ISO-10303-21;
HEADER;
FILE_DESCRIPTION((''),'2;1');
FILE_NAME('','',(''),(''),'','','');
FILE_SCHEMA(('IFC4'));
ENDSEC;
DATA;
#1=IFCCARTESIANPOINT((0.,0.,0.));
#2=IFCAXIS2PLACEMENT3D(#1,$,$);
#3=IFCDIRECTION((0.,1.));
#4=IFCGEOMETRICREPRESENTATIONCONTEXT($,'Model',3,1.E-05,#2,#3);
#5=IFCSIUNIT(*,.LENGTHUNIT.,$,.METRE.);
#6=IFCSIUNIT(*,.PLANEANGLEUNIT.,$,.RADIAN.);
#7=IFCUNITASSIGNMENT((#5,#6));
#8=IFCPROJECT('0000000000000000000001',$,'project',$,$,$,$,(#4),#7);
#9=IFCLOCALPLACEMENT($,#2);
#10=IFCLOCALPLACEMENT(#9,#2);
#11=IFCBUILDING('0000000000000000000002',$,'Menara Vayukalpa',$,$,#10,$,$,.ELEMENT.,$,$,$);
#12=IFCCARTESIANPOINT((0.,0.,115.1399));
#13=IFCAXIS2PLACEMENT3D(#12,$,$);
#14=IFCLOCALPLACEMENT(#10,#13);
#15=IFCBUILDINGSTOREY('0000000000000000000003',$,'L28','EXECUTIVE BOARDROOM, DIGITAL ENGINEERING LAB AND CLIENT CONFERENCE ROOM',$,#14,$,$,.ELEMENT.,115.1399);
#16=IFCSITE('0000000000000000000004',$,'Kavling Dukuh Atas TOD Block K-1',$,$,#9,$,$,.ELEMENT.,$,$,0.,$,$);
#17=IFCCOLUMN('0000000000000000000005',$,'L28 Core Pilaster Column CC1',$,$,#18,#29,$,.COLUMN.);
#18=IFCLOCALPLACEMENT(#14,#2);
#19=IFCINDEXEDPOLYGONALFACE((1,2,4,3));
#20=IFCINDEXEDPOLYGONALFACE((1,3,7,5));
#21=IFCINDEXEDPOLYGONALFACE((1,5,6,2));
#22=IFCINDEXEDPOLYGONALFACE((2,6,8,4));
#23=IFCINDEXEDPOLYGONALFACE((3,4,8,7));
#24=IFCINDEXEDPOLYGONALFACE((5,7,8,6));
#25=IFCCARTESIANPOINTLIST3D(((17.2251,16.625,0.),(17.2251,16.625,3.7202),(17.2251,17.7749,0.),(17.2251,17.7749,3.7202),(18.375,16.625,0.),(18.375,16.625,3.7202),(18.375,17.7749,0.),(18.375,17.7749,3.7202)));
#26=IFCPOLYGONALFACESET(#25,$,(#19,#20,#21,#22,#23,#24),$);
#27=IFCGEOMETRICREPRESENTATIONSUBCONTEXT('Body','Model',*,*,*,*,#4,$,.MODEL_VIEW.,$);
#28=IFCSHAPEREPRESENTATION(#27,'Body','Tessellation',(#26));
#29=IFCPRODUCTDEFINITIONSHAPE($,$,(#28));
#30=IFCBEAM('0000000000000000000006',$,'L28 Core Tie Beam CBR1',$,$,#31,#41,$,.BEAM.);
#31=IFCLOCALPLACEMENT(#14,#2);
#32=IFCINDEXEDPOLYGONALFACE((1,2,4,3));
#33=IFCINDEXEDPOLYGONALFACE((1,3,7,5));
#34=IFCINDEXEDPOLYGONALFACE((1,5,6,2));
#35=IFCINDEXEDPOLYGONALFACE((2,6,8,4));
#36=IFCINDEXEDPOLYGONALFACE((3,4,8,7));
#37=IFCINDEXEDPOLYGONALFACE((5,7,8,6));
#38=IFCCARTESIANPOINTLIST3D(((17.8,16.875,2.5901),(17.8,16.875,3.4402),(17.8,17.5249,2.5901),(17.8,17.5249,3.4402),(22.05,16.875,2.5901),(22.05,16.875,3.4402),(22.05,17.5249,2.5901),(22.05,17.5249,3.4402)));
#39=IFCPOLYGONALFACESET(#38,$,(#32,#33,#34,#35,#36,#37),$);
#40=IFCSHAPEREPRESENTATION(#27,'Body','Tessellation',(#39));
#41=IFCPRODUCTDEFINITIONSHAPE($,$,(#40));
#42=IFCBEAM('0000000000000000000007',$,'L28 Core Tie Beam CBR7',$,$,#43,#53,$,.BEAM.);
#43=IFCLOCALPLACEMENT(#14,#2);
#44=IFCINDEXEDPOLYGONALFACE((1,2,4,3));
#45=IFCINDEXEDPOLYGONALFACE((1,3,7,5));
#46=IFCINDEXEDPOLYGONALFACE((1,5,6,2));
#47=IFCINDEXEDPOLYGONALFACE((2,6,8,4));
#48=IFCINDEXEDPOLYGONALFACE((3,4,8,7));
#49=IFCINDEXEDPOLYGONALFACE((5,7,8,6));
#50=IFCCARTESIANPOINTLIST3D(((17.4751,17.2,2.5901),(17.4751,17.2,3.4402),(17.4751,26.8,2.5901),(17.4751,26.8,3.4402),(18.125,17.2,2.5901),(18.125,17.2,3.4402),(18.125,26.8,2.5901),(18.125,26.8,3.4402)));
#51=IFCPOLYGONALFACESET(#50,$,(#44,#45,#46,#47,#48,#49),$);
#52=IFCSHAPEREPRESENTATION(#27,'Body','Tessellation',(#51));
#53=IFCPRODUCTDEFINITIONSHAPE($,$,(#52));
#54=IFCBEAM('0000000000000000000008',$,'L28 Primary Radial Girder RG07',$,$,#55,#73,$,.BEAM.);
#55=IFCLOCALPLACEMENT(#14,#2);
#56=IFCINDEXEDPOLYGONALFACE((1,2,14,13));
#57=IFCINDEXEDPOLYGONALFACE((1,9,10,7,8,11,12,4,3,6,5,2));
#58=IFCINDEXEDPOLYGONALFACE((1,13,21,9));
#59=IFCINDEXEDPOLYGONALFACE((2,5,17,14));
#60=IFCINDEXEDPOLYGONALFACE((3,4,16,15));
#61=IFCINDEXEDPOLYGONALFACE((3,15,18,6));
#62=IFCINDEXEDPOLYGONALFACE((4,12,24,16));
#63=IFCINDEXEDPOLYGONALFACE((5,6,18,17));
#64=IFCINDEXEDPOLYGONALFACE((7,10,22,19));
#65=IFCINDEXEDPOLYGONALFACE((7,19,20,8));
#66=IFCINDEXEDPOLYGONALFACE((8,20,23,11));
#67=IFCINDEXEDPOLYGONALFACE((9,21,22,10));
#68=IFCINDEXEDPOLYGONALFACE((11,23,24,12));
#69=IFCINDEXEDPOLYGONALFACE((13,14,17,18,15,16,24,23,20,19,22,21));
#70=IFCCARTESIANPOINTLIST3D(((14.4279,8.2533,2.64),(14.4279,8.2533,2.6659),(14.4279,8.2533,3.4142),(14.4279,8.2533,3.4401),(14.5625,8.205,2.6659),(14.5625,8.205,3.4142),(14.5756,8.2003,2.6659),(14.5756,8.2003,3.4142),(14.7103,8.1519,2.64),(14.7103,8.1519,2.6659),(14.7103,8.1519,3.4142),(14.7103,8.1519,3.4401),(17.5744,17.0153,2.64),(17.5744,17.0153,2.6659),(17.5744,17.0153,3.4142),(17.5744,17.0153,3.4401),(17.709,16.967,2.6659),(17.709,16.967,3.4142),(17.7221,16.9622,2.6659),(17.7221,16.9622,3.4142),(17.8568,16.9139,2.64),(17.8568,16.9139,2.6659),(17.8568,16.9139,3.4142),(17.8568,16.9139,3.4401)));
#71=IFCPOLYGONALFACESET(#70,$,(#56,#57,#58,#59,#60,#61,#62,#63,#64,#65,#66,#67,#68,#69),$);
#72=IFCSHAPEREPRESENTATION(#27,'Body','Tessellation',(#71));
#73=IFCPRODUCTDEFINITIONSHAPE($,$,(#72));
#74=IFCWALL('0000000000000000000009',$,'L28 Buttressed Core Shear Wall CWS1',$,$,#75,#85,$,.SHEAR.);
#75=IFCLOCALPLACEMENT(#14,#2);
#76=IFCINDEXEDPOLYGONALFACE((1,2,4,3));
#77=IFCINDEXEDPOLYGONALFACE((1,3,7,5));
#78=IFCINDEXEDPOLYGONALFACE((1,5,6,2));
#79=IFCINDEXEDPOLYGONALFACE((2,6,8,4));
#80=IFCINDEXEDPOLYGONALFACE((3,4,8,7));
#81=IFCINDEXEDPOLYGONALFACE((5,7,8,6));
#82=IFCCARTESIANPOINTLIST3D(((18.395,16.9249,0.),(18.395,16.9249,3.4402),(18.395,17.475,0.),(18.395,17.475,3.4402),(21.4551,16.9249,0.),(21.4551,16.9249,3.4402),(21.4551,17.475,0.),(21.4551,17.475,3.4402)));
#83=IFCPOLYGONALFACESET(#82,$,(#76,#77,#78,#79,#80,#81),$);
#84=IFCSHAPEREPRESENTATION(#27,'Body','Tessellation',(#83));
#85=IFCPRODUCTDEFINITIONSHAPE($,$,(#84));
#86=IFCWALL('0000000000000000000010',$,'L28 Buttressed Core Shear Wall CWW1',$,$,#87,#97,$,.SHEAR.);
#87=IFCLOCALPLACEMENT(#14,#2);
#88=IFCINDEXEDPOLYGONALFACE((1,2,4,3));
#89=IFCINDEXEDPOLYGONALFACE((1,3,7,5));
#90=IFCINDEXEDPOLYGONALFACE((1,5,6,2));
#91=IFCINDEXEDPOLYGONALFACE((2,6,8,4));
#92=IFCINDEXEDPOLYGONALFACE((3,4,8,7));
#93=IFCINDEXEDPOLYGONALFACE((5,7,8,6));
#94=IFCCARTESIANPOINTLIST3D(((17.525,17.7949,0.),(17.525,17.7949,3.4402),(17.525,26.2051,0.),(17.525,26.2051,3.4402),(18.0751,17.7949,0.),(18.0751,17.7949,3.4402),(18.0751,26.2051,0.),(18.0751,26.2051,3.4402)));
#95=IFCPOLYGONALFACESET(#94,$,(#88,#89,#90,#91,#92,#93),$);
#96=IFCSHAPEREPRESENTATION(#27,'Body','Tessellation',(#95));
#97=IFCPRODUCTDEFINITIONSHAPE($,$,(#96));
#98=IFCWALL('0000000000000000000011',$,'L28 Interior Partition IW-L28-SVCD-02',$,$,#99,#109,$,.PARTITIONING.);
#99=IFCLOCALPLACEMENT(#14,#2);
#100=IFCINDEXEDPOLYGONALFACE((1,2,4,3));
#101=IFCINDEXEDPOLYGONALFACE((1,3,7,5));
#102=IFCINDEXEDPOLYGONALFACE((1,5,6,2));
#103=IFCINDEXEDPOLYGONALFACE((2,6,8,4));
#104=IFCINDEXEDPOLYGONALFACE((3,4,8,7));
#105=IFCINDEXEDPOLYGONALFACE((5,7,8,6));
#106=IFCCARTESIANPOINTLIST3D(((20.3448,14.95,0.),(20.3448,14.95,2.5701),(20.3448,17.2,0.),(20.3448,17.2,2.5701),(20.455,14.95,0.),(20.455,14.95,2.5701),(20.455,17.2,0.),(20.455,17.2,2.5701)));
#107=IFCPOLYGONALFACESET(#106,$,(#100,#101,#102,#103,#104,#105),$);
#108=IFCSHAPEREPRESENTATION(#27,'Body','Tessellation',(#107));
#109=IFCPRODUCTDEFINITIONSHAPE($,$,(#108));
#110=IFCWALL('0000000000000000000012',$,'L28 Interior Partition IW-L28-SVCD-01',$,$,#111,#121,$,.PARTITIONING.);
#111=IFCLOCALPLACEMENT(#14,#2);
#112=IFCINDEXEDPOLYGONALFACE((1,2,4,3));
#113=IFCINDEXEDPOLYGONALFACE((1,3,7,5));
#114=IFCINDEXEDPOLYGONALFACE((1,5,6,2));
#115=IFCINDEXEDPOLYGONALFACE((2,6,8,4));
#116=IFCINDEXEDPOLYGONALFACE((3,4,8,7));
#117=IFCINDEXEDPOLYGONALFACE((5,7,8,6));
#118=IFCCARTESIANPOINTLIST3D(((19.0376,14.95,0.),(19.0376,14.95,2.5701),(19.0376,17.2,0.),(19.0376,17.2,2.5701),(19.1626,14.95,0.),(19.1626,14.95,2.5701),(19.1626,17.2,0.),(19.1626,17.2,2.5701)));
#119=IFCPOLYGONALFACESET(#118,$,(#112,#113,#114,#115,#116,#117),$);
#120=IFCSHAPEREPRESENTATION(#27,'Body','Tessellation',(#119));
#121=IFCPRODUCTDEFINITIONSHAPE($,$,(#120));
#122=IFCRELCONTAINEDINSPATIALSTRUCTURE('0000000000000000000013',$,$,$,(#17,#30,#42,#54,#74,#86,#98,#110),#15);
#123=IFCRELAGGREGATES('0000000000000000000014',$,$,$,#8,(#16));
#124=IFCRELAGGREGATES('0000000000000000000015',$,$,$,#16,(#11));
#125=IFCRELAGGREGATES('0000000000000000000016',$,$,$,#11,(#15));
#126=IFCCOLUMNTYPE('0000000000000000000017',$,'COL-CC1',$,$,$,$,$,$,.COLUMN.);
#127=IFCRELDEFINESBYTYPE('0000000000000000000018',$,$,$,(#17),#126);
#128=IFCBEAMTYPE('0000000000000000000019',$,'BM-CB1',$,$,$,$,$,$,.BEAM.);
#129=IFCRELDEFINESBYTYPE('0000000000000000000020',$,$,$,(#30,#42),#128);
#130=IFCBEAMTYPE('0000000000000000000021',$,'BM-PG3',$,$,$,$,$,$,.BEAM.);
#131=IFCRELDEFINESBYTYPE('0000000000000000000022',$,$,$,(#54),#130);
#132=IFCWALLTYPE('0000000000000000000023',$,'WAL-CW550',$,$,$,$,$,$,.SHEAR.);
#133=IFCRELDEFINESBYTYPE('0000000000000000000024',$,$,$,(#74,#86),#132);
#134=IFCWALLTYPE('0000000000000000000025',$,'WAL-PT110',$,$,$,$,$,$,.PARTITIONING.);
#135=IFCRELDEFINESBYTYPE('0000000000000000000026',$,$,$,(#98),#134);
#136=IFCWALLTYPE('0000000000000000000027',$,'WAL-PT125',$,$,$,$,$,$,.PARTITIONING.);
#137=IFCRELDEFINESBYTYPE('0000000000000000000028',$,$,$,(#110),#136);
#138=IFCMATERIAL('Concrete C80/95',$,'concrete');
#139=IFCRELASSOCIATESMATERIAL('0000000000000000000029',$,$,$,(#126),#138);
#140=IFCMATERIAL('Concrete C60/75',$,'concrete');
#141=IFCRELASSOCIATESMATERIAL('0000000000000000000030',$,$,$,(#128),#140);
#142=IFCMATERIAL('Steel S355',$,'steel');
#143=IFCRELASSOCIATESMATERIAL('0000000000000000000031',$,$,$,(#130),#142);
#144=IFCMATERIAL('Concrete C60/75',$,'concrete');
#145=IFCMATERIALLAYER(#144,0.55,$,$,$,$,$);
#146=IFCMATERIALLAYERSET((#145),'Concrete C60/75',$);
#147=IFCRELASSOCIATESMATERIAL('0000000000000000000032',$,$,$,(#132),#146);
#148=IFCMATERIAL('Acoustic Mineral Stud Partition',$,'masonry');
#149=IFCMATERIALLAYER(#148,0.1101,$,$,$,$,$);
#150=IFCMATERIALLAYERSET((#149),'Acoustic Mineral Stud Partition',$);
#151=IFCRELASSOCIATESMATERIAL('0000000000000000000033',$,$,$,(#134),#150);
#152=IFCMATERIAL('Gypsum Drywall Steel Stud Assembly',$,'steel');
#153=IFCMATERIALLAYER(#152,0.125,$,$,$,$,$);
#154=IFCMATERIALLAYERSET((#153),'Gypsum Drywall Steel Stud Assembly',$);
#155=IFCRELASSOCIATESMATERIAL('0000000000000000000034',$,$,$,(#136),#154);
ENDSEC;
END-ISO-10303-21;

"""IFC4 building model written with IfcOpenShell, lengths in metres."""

from ifc_helpers import new_model, si_unit, direction, frame, frame_2d, origin, origin_2d, place, context, subcontext, project, spatial, rectangle, i_section, extrude, material, layer, layer_set, material_profile, profile_set, type_object, element, save


model = new_model("IFC4")

# Units and contexts
model_context = context("Model", 3, precision=1e-05, world=origin(), true_north=direction((0.0, 1.0)))
body_context = subcontext(model_context, "Body", "Model", "MODEL_VIEW")
ifc_project = project(units=[si_unit("LENGTHUNIT", "METRE"), si_unit("PLANEANGLEUNIT", "RADIAN")], contexts=[model_context])

# Site, building, storey
site_placement = place(None, origin())
site = spatial("IfcSite", under=ifc_project, at=site_placement, Name="Kavling Dukuh Atas TOD Block K-1", CompositionType="ELEMENT", RefElevation=0.0)
building_placement = place(site_placement, origin())
building = spatial("IfcBuilding", under=site, at=building_placement, Name="Menara Vayukalpa", CompositionType="ELEMENT")
storey_placement = place(building_placement, frame((0.0, 0.0, 115.1399)))
storey = spatial("IfcBuildingStorey", under=building, at=storey_placement, Name="L28", Description="EXECUTIVE BOARDROOM, DIGITAL ENGINEERING LAB AND CLIENT CONFERENCE ROOM", CompositionType="ELEMENT", Elevation=115.1399)

# Column
ifc_material_1 = material(Name="Concrete C80/95", Category="concrete")
ifc_material_profile_1 = material_profile(ifc_material_1, rectangle(XDim=1.1499, YDim=1.1499, at=origin_2d()), Name="RC 1150x1150")
ifc_profile_set_1 = profile_set([ifc_material_profile_1], Name="Concrete C80/95")
column_type = type_object("IfcColumnType", Name="COL-CC1", PredefinedType="COLUMN", material=ifc_profile_set_1)
column_placement = place(storey_placement, frame((17.8, 17.2, 0.0), z_axis=(0.0, 0.0, 1.0), x_axis=(1.0, 0.0, 0.0)))
element("IfcColumn", 1, at=column_placement, inside=storey, type_object=column_type, Name="L28 Core Pilaster Column CC1", PredefinedType="COLUMN", context=body_context, shape_type="SweptSolid", body=[
    extrude(rectangle(XDim=1.1499, YDim=1.1499, at=origin_2d()), origin(), (0.0, 0.0, 1.0), 3.7202),
])

# Beams
ifc_material_2 = material(Name="Concrete C60/75", Category="concrete")
ifc_material_profile_2 = material_profile(ifc_material_2, rectangle(XDim=0.6499, YDim=0.8501, at=origin_2d()), Name="RC 650x850")
ifc_profile_set_2 = profile_set([ifc_material_profile_2], Name="Concrete C60/75")
beam_type_1 = type_object("IfcBeamType", Name="BM-CB1", PredefinedType="BEAM", material=ifc_profile_set_2)
beam_1_placement = place(storey_placement, frame((17.8, 17.2, 3.0151), z_axis=(1.0, 0.0, 0.0), x_axis=(0.0, 1.0, 0.0)))
element("IfcBeam", 2, at=beam_1_placement, inside=storey, type_object=beam_type_1, Name="L28 Core Tie Beam CBR1", PredefinedType="BEAM", context=body_context, shape_type="SweptSolid", body=[
    extrude(rectangle(XDim=0.6499, YDim=0.8501, at=origin_2d()), origin(), (0.0, 0.0, 1.0), 4.25),
])
beam_2_placement = place(storey_placement, frame((17.8, 17.2, 3.0151), z_axis=(0.0, 1.0, 0.0), x_axis=(-1.0, 0.0, 0.0)))
element("IfcBeam", 3, at=beam_2_placement, inside=storey, type_object=beam_type_1, Name="L28 Core Tie Beam CBR7", PredefinedType="BEAM", context=body_context, shape_type="SweptSolid", body=[
    extrude(rectangle(XDim=0.6499, YDim=0.8501, at=origin_2d()), origin(), (0.0, 0.0, 1.0), 9.6001),
])
ifc_material_3 = material(Name="Steel S355", Category="steel")
ifc_material_profile_3 = material_profile(ifc_material_3, i_section(OverallWidth=0.3, OverallDepth=0.8, WebThickness=0.0139, FlangeThickness=0.0259, at=origin_2d()), Name="WF 800x300x14x26")
ifc_profile_set_3 = profile_set([ifc_material_profile_3], Name="Steel S355")
beam_type_2 = type_object("IfcBeamType", Name="BM-PG3", PredefinedType="BEAM", material=ifc_profile_set_3)
beam_3_placement = place(storey_placement, frame((17.7156, 16.9646, 3.04), z_axis=(-0.337976, -0.941155, 0.0), x_axis=(0.941155, -0.337976, 0.0)))
element("IfcBeam", 4, at=beam_3_placement, inside=storey, type_object=beam_type_2, Name="L28 Primary Radial Girder RG07", PredefinedType="BEAM", context=body_context, shape_type="SweptSolid", body=[
    extrude(i_section(OverallWidth=0.3, OverallDepth=0.8, WebThickness=0.0139, FlangeThickness=0.0259, at=origin_2d()), origin(), (0.0, 0.0, 1.0), 9.3098),
])

# Walls
ifc_material_4 = material(Name="Concrete C60/75", Category="concrete")
ifc_layer_1 = layer(ifc_material_4, 0.55)
ifc_layer_set_1 = layer_set([ifc_layer_1], Name="Concrete C60/75")
wall_type_1 = type_object("IfcWallType", Name="WAL-CW550", PredefinedType="SHEAR", material=ifc_layer_set_1)
wall_1_placement = place(storey_placement, frame((18.395, 17.2, 0.0), z_axis=(0.0, 0.0, 1.0), x_axis=(1.0, 0.0, 0.0)))
element("IfcWall", 5, at=wall_1_placement, inside=storey, type_object=wall_type_1, Name="L28 Buttressed Core Shear Wall CWS1", PredefinedType="SHEAR", context=body_context, shape_type="SweptSolid", body=[
    extrude(rectangle(XDim=3.0601, YDim=0.55, at=frame_2d((1.53, 0.0))), origin(), (0.0, 0.0, 1.0), 3.4402),
])
wall_2_placement = place(storey_placement, frame((17.8, 17.7949, 0.0), z_axis=(0.0, 0.0, 1.0), x_axis=(0.0, 1.0, 0.0)))
element("IfcWall", 6, at=wall_2_placement, inside=storey, type_object=wall_type_1, Name="L28 Buttressed Core Shear Wall CWW1", PredefinedType="SHEAR", context=body_context, shape_type="SweptSolid", body=[
    extrude(rectangle(XDim=8.4102, YDim=0.55, at=frame_2d((4.2051, 0.0))), origin(), (0.0, 0.0, 1.0), 3.4402),
])
ifc_material_5 = material(Name="Acoustic Mineral Stud Partition", Category="masonry")
ifc_layer_2 = layer(ifc_material_5, 0.1101)
ifc_layer_set_2 = layer_set([ifc_layer_2], Name="Acoustic Mineral Stud Partition")
wall_type_2 = type_object("IfcWallType", Name="WAL-PT110", PredefinedType="PARTITIONING", material=ifc_layer_set_2)
wall_3_placement = place(storey_placement, frame((20.3999, 14.95, 0.0), z_axis=(0.0, 0.0, 1.0), x_axis=(0.0, 1.0, 0.0)))
element("IfcWall", 7, at=wall_3_placement, inside=storey, type_object=wall_type_2, Name="L28 Interior Partition IW-L28-SVCD-02", PredefinedType="PARTITIONING", context=body_context, shape_type="SweptSolid", body=[
    extrude(rectangle(XDim=2.25, YDim=0.1101, at=frame_2d((1.125, 0.0))), origin(), (0.0, 0.0, 1.0), 2.5701),
])
ifc_material_6 = material(Name="Gypsum Drywall Steel Stud Assembly", Category="steel")
ifc_layer_3 = layer(ifc_material_6, 0.125)
ifc_layer_set_3 = layer_set([ifc_layer_3], Name="Gypsum Drywall Steel Stud Assembly")
wall_type_3 = type_object("IfcWallType", Name="WAL-PT125", PredefinedType="PARTITIONING", material=ifc_layer_set_3)
wall_4_placement = place(storey_placement, frame((19.1001, 14.95, 0.0), z_axis=(0.0, 0.0, 1.0), x_axis=(0.0, 1.0, 0.0)))
element("IfcWall", 8, at=wall_4_placement, inside=storey, type_object=wall_type_3, Name="L28 Interior Partition IW-L28-SVCD-01", PredefinedType="PARTITIONING", context=body_context, shape_type="SweptSolid", body=[
    extrude(rectangle(XDim=2.25, YDim=0.125, at=frame_2d((1.125, 0.0))), origin(), (0.0, 0.0, 1.0), 2.5701),
])

save(model, "model.ifc")
